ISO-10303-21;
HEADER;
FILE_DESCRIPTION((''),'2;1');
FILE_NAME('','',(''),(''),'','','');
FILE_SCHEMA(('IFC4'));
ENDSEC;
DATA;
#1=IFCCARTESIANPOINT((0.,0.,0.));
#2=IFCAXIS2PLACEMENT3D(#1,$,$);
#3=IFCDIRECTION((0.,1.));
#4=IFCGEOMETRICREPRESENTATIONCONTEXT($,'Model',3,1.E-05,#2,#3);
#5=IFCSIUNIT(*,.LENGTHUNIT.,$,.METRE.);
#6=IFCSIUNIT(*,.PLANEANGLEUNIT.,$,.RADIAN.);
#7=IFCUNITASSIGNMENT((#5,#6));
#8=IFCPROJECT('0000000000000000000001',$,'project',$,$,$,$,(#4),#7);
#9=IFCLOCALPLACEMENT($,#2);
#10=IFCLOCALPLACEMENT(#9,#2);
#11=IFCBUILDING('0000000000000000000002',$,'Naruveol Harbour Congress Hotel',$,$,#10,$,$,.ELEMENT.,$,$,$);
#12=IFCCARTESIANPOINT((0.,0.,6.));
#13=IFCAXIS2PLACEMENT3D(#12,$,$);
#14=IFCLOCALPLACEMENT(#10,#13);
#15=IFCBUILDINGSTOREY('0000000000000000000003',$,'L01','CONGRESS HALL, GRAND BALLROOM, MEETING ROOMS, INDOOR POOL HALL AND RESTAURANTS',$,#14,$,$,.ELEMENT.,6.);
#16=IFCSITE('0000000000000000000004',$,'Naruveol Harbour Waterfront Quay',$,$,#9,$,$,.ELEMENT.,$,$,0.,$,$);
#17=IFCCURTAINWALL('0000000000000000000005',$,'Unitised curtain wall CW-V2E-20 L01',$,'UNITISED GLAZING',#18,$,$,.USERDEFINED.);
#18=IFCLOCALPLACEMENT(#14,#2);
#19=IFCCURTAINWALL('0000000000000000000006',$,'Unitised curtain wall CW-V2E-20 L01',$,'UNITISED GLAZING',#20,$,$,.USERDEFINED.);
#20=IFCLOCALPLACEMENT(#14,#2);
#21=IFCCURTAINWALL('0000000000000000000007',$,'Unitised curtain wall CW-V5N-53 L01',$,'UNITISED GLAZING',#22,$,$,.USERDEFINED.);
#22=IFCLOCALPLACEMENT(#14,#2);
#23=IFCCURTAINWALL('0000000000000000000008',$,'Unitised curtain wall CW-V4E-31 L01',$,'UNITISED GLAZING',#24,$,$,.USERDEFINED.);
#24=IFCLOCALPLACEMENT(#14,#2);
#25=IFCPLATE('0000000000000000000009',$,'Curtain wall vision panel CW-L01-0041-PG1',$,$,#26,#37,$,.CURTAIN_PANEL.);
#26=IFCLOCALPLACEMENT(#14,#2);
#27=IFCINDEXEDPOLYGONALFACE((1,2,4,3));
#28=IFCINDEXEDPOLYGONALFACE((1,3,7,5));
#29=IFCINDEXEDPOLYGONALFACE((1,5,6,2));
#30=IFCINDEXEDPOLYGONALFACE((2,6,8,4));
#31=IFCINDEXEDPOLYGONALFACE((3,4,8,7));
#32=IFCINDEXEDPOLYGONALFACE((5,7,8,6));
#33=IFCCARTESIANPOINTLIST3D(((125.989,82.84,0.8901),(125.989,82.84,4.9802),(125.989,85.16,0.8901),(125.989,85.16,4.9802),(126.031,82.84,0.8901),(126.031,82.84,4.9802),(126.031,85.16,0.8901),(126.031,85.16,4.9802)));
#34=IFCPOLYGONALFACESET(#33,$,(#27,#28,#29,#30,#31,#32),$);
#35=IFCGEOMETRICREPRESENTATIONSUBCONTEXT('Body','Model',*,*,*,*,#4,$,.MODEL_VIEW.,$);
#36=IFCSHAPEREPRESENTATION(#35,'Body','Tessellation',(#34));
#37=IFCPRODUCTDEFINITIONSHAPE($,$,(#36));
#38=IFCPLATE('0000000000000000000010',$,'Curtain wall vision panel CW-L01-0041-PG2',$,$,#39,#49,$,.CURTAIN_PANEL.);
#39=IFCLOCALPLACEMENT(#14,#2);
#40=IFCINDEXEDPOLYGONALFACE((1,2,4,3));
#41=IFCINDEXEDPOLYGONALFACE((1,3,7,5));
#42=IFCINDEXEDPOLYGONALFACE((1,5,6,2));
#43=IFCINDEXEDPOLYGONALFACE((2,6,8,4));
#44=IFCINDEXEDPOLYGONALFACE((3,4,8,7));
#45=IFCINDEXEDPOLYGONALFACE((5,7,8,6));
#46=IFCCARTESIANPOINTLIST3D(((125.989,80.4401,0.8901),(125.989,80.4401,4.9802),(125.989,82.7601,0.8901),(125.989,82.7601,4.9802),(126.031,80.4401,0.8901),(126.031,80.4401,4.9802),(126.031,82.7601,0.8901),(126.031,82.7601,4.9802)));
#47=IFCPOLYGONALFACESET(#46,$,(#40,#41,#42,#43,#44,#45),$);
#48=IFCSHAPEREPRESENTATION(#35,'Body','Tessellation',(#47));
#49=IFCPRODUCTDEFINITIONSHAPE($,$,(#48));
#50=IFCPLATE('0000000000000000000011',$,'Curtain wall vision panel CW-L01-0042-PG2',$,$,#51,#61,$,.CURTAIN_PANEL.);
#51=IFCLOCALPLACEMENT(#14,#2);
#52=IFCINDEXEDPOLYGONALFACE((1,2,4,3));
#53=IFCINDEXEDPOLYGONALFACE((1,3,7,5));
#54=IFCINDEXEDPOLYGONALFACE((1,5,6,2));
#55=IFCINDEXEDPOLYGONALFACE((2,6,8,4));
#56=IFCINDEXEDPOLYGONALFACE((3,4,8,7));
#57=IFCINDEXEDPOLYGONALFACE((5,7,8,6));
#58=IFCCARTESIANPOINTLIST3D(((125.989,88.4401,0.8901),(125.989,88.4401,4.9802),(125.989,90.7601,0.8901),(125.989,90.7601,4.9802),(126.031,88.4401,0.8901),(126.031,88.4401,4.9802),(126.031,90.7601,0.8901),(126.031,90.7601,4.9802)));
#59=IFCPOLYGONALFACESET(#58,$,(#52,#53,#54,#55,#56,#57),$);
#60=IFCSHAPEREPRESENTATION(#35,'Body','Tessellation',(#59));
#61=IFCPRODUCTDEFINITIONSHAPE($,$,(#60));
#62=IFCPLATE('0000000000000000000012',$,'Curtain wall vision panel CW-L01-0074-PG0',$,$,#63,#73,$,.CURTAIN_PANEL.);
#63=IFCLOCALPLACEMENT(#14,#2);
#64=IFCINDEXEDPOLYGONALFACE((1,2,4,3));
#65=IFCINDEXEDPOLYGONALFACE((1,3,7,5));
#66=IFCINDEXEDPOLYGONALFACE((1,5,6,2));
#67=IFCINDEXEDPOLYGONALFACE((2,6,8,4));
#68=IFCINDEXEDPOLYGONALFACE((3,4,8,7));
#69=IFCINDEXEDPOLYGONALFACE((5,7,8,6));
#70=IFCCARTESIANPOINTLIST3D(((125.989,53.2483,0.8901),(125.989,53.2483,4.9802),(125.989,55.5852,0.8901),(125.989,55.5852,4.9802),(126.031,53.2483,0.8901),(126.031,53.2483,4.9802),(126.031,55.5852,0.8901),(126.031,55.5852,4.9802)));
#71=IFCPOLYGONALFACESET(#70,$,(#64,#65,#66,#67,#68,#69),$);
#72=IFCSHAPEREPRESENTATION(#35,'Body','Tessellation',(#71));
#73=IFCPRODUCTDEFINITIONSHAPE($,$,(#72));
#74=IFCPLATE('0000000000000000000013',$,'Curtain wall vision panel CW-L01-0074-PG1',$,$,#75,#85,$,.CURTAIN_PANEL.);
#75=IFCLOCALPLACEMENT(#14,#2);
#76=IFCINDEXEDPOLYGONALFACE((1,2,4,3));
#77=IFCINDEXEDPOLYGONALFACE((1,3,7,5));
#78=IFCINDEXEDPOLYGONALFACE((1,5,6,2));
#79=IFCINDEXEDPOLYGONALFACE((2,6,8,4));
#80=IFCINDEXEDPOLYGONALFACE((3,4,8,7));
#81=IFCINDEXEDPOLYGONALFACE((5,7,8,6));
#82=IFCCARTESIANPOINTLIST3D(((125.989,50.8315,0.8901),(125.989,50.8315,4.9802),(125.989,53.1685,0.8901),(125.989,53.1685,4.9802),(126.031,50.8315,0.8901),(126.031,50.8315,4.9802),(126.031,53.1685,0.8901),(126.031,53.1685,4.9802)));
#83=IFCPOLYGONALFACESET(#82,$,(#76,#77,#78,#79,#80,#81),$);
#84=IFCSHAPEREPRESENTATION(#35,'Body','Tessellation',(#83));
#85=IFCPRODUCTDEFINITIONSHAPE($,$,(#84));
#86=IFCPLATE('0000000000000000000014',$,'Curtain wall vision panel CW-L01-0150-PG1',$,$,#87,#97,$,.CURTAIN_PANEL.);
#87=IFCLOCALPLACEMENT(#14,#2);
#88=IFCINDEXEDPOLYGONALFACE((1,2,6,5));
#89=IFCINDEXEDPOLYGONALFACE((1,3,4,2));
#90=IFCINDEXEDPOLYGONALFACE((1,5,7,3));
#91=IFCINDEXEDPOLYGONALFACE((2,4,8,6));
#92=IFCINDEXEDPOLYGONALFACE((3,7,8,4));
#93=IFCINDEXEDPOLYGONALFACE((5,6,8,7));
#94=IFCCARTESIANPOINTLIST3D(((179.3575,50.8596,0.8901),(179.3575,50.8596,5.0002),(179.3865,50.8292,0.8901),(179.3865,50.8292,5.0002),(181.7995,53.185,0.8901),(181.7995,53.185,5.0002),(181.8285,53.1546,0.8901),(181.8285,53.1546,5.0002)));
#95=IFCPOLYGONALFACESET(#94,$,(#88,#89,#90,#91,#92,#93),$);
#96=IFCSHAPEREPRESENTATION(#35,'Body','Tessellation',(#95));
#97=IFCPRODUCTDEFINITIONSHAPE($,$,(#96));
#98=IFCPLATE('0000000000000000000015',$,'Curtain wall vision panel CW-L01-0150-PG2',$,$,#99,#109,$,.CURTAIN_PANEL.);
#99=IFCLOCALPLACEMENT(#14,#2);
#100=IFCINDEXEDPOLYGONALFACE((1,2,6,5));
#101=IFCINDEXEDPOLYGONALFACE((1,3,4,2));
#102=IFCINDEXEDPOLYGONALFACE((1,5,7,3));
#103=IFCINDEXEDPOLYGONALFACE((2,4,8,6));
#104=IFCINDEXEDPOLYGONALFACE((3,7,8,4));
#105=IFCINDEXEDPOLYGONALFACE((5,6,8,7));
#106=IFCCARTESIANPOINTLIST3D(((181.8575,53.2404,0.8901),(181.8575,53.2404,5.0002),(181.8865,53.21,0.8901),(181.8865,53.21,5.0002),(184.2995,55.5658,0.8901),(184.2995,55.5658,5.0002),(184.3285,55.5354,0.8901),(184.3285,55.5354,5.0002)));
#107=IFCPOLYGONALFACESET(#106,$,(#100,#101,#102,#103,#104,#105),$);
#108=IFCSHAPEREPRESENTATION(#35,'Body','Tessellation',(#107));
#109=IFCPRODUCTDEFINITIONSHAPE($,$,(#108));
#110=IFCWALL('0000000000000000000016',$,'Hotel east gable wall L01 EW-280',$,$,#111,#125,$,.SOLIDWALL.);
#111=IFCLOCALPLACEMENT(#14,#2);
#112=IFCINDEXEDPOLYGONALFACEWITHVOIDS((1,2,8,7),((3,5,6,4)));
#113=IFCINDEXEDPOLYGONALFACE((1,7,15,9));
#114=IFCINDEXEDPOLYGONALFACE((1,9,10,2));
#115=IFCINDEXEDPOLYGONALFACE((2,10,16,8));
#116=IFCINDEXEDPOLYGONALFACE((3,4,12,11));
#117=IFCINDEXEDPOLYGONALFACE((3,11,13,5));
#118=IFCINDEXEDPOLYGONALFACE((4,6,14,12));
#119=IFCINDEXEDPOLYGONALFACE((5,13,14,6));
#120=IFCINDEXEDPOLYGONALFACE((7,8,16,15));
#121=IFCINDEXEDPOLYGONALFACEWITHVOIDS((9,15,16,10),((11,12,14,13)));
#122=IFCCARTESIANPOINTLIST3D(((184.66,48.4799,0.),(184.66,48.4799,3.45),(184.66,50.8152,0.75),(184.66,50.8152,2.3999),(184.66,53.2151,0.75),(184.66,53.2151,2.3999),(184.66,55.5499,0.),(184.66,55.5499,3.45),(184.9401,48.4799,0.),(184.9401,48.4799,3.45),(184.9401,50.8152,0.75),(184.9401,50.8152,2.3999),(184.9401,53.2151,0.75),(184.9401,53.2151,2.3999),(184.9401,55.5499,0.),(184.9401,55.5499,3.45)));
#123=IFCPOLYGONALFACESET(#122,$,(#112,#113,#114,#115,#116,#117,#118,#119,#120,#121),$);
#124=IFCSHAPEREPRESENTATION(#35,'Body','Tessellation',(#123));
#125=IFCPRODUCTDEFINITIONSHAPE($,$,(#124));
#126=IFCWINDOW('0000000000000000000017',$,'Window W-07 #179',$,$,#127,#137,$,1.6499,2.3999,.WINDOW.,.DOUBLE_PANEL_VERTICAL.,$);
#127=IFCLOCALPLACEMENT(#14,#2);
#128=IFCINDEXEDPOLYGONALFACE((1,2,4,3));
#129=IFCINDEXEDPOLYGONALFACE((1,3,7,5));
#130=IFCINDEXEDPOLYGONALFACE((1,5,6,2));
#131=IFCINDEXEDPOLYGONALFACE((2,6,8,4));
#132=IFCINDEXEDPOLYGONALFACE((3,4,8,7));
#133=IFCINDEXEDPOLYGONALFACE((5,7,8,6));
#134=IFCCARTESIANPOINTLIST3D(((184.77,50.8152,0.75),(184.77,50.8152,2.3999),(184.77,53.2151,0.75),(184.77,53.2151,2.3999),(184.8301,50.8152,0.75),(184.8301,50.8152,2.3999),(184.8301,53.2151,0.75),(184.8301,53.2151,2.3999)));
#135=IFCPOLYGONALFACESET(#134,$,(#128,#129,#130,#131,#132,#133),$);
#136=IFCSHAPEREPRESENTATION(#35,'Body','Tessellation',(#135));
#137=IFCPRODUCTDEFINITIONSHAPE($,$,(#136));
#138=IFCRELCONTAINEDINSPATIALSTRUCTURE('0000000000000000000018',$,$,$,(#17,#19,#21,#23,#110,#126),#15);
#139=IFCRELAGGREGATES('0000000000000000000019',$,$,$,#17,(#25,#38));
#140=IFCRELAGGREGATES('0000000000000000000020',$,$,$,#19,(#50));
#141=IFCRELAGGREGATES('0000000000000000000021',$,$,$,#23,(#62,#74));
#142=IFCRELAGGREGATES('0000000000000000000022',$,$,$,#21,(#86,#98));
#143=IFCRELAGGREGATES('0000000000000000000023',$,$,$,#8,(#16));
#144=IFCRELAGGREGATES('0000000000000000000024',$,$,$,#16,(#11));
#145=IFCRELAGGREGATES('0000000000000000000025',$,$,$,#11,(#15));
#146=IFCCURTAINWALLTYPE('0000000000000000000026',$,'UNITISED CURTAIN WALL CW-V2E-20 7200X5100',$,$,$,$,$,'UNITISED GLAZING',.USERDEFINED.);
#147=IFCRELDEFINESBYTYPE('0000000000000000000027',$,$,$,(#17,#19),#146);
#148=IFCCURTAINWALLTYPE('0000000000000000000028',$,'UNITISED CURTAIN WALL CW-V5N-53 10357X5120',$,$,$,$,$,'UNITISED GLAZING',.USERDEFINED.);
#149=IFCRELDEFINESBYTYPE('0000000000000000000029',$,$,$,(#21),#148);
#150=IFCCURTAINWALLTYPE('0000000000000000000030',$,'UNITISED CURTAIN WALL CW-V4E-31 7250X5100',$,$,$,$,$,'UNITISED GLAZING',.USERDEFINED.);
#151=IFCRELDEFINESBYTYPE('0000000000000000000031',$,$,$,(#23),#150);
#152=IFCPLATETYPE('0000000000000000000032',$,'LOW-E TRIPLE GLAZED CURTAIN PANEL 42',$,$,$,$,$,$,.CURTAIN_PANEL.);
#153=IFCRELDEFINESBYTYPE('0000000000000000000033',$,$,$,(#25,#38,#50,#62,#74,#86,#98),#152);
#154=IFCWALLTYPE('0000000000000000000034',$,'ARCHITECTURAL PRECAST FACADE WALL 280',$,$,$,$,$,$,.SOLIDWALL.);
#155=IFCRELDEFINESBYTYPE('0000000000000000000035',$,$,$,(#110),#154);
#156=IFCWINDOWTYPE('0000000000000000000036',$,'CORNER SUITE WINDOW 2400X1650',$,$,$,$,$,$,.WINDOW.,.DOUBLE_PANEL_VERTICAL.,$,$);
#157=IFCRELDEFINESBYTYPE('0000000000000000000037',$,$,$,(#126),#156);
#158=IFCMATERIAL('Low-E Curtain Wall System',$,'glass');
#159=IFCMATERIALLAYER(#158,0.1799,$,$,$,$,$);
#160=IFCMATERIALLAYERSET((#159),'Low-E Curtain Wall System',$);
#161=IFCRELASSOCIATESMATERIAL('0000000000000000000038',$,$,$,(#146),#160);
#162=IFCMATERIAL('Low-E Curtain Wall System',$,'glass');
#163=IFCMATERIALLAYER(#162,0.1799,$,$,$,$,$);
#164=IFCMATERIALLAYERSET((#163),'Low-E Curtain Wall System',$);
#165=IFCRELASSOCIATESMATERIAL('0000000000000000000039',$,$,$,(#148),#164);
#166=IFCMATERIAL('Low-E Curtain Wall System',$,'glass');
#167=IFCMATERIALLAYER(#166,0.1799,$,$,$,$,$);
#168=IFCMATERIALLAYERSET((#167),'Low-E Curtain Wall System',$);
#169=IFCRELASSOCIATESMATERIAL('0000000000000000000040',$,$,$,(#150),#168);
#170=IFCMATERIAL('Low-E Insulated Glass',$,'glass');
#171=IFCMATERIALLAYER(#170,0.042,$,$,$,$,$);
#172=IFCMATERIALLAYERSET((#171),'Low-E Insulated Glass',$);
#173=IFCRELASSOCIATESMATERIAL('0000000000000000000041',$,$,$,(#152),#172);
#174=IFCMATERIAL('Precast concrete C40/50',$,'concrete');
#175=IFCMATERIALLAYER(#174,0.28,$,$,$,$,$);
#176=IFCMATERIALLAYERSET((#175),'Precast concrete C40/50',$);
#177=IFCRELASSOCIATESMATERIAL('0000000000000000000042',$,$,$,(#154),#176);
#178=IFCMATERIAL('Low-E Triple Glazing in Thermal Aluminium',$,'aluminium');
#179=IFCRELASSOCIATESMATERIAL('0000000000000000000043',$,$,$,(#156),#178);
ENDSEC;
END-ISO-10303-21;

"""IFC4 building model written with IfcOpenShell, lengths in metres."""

from ifc_helpers import new_model, si_unit, direction, frame, frame_2d, origin, origin_2d, place, context, subcontext, project, spatial, rectangle, extrude, material, layer, layer_set, type_object, element, fill, aggregate, save


model = new_model("IFC4")

# Units and contexts
model_context = context("Model", 3, precision=1e-05, world=origin(), true_north=direction((0.0, 1.0)))
body_context = subcontext(model_context, "Body", "Model", "MODEL_VIEW")
ifc_project = project(units=[si_unit("LENGTHUNIT", "METRE"), si_unit("PLANEANGLEUNIT", "RADIAN")], contexts=[model_context])

# Site, building, storey
site_placement = place(None, origin())
site = spatial("IfcSite", under=ifc_project, at=site_placement, Name="Naruveol Harbour Waterfront Quay", CompositionType="ELEMENT", RefElevation=0.0)
building_placement = place(site_placement, origin())
building = spatial("IfcBuilding", under=site, at=building_placement, Name="Naruveol Harbour Congress Hotel", CompositionType="ELEMENT")
storey_placement = place(building_placement, frame((0.0, 0.0, 6.0)))
storey = spatial("IfcBuildingStorey", under=building, at=storey_placement, Name="L01", Description="CONGRESS HALL, GRAND BALLROOM, MEETING ROOMS, INDOOR POOL HALL AND RESTAURANTS", CompositionType="ELEMENT", Elevation=6.0)

# Curtain walls
ifc_material_1 = material(Name="Low-E Curtain Wall System", Category="glass")
ifc_layer_1 = layer(ifc_material_1, 0.1799)
ifc_layer_set_1 = layer_set([ifc_layer_1], Name="Low-E Curtain Wall System")
curtain_wall_type_1 = type_object("IfcCurtainWallType", Name="UNITISED CURTAIN WALL CW-V2E-20 7200X5100", ElementType="UNITISED GLAZING", PredefinedType="USERDEFINED", material=ifc_layer_set_1)
curtain_wall_1_placement = place(storey_placement, origin())
curtain_wall_1 = element("IfcCurtainWall", 1, at=curtain_wall_1_placement, inside=storey, type_object=curtain_wall_type_1, Name="Unitised curtain wall CW-V2E-20 L01", ObjectType="UNITISED GLAZING", PredefinedType="USERDEFINED")
curtain_wall_2_placement = place(storey_placement, origin())
curtain_wall_2 = element("IfcCurtainWall", 2, at=curtain_wall_2_placement, inside=storey, type_object=curtain_wall_type_1, Name="Unitised curtain wall CW-V2E-20 L01", ObjectType="UNITISED GLAZING", PredefinedType="USERDEFINED")

# Curtain wall
ifc_material_2 = material(Name="Low-E Curtain Wall System", Category="glass")
ifc_layer_2 = layer(ifc_material_2, 0.1799)
ifc_layer_set_2 = layer_set([ifc_layer_2], Name="Low-E Curtain Wall System")
curtain_wall_type_2 = type_object("IfcCurtainWallType", Name="UNITISED CURTAIN WALL CW-V5N-53 10357X5120", ElementType="UNITISED GLAZING", PredefinedType="USERDEFINED", material=ifc_layer_set_2)
curtain_wall_3_placement = place(storey_placement, origin())
curtain_wall_3 = element("IfcCurtainWall", 3, at=curtain_wall_3_placement, inside=storey, type_object=curtain_wall_type_2, Name="Unitised curtain wall CW-V5N-53 L01", ObjectType="UNITISED GLAZING", PredefinedType="USERDEFINED")

# Curtain wall
ifc_material_3 = material(Name="Low-E Curtain Wall System", Category="glass")
ifc_layer_3 = layer(ifc_material_3, 0.1799)
ifc_layer_set_3 = layer_set([ifc_layer_3], Name="Low-E Curtain Wall System")
curtain_wall_type_3 = type_object("IfcCurtainWallType", Name="UNITISED CURTAIN WALL CW-V4E-31 7250X5100", ElementType="UNITISED GLAZING", PredefinedType="USERDEFINED", material=ifc_layer_set_3)
curtain_wall_4_placement = place(storey_placement, origin())
curtain_wall_4 = element("IfcCurtainWall", 4, at=curtain_wall_4_placement, inside=storey, type_object=curtain_wall_type_3, Name="Unitised curtain wall CW-V4E-31 L01", ObjectType="UNITISED GLAZING", PredefinedType="USERDEFINED")

# Plates
ifc_material_4 = material(Name="Low-E Insulated Glass", Category="glass")
ifc_layer_4 = layer(ifc_material_4, 0.042)
ifc_layer_set_4 = layer_set([ifc_layer_4], Name="Low-E Insulated Glass")
plate_type_1 = type_object("IfcPlateType", Name="LOW-E TRIPLE GLAZED CURTAIN PANEL 42", PredefinedType="CURTAIN_PANEL", material=ifc_layer_set_4)
plate_1_placement = place(storey_placement, frame((126.01, 84.0, 0.8901), z_axis=(0.0, 0.0, 1.0), x_axis=(0.0, -1.0, 0.0)))
plate_1 = element("IfcPlate", 5, at=plate_1_placement, type_object=plate_type_1, Name="Curtain wall vision panel CW-L01-0041-PG1", PredefinedType="CURTAIN_PANEL", context=body_context, shape_type="SweptSolid", body=[
    extrude(rectangle(XDim=2.3201, YDim=0.042, at=origin_2d()), origin(), (0.0, 0.0, 1.0), 4.0901),
])
plate_2_placement = place(storey_placement, frame((126.01, 81.6001, 0.8901), z_axis=(0.0, 0.0, 1.0), x_axis=(0.0, -1.0, 0.0)))
plate_2 = element("IfcPlate", 6, at=plate_2_placement, type_object=plate_type_1, Name="Curtain wall vision panel CW-L01-0041-PG2", PredefinedType="CURTAIN_PANEL", context=body_context, shape_type="SweptSolid", body=[
    extrude(rectangle(XDim=2.3201, YDim=0.042, at=origin_2d()), origin(), (0.0, 0.0, 1.0), 4.0901),
])
aggregate(curtain_wall_1, [plate_1, plate_2])
plate_3_placement = place(storey_placement, frame((126.01, 89.6001, 0.8901), z_axis=(0.0, 0.0, 1.0), x_axis=(0.0, -1.0, 0.0)))
plate_3 = element("IfcPlate", 7, at=plate_3_placement, type_object=plate_type_1, Name="Curtain wall vision panel CW-L01-0042-PG2", PredefinedType="CURTAIN_PANEL", context=body_context, shape_type="SweptSolid", body=[
    extrude(rectangle(XDim=2.3201, YDim=0.042, at=origin_2d()), origin(), (0.0, 0.0, 1.0), 4.0901),
])
aggregate(curtain_wall_2, [plate_3])
plate_4_placement = place(storey_placement, frame((126.01, 54.4167, 0.8901), z_axis=(0.0, 0.0, 1.0), x_axis=(0.0, -1.0, 0.0)))
plate_4 = element("IfcPlate", 8, at=plate_4_placement, type_object=plate_type_1, Name="Curtain wall vision panel CW-L01-0074-PG0", PredefinedType="CURTAIN_PANEL", context=body_context, shape_type="SweptSolid", body=[
    extrude(rectangle(XDim=2.3369, YDim=0.042, at=origin_2d()), origin(), (0.0, 0.0, 1.0), 4.0901),
])
plate_5_placement = place(storey_placement, frame((126.01, 52.0, 0.8901), z_axis=(0.0, 0.0, 1.0), x_axis=(0.0, -1.0, 0.0)))
plate_5 = element("IfcPlate", 9, at=plate_5_placement, type_object=plate_type_1, Name="Curtain wall vision panel CW-L01-0074-PG1", PredefinedType="CURTAIN_PANEL", context=body_context, shape_type="SweptSolid", body=[
    extrude(rectangle(XDim=2.3369, YDim=0.042, at=origin_2d()), origin(), (0.0, 0.0, 1.0), 4.0901),
])
aggregate(curtain_wall_4, [plate_4, plate_5])
plate_6_placement = place(storey_placement, frame((180.593, 52.0071, 0.8901), z_axis=(0.0, 0.0, 1.0), x_axis=(0.724184, 0.689607, 0.0)))
plate_6 = element("IfcPlate", 10, at=plate_6_placement, type_object=plate_type_1, Name="Curtain wall vision panel CW-L01-0150-PG1", PredefinedType="CURTAIN_PANEL", context=body_context, shape_type="SweptSolid", body=[
    extrude(rectangle(XDim=3.3721, YDim=0.042, at=origin_2d()), origin(), (0.0, 0.0, 1.0), 4.1101),
])
plate_7_placement = place(storey_placement, frame((183.093, 54.3879, 0.8901), z_axis=(0.0, 0.0, 1.0), x_axis=(0.724184, 0.689607, 0.0)))
plate_7 = element("IfcPlate", 11, at=plate_7_placement, type_object=plate_type_1, Name="Curtain wall vision panel CW-L01-0150-PG2", PredefinedType="CURTAIN_PANEL", context=body_context, shape_type="SweptSolid", body=[
    extrude(rectangle(XDim=3.3721, YDim=0.042, at=origin_2d()), origin(), (0.0, 0.0, 1.0), 4.1101),
])
aggregate(curtain_wall_3, [plate_6, plate_7])

# Wall, opening, window
ifc_material_5 = material(Name="Precast concrete C40/50", Category="concrete")
ifc_layer_5 = layer(ifc_material_5, 0.28)
ifc_layer_set_5 = layer_set([ifc_layer_5], Name="Precast concrete C40/50")
wall_type = type_object("IfcWallType", Name="ARCHITECTURAL PRECAST FACADE WALL 280", PredefinedType="SOLIDWALL", material=ifc_layer_set_5)
wall_placement = place(storey_placement, frame((184.8, 55.55, 0.0), z_axis=(0.0, 0.0, 1.0), x_axis=(0.0, -1.0, 0.0)))
wall = element("IfcWall", 12, at=wall_placement, inside=storey, type_object=wall_type, Name="Hotel east gable wall L01 EW-280", PredefinedType="SOLIDWALL", context=body_context, shape_type="SweptSolid", body=[
    extrude(rectangle(XDim=7.0701, YDim=0.28, at=frame_2d((3.5352, 0.0))), origin(), (0.0, 0.0, 1.0), 3.45),
])
opening_placement = place(wall_placement, frame((2.335, 0.0, 0.75)))
opening = element("IfcOpeningElement", 13, at=opening_placement, cuts=wall, PredefinedType="OPENING", context=body_context, shape_type="SweptSolid", body=[
    extrude(rectangle(XDim=2.3999, YDim=1.6499, at=frame_2d((1.2, 0.825))), frame((0.0, 0.1499, 0.0), z_axis=(0.0, -1.0, 0.0), x_axis=(1.0, 0.0, 0.0)), (0.0, 0.0, 1.0), 0.3),
])
ifc_material_6 = material(Name="Low-E Triple Glazing in Thermal Aluminium", Category="aluminium")
window_type = type_object("IfcWindowType", Name="CORNER SUITE WINDOW 2400X1650", PartitioningType="DOUBLE_PANEL_VERTICAL", PredefinedType="WINDOW", material=ifc_material_6)
window_placement = place(opening_placement, origin())
window = element("IfcWindow", 14, at=window_placement, inside=storey, type_object=window_type, Name="Window W-07 #179", OverallHeight=1.6499, OverallWidth=2.3999, PartitioningType="DOUBLE_PANEL_VERTICAL", PredefinedType="WINDOW", context=body_context, shape_type="SweptSolid", body=[
    extrude(rectangle(XDim=2.3999, YDim=1.6499, at=frame_2d((1.2, 0.825))), frame((0.0, 0.03, 0.0), z_axis=(0.0, -1.0, 0.0), x_axis=(1.0, 0.0, 0.0)), (0.0, 0.0, 1.0), 0.0601),
])
fill(opening, window)

save(model, "model.ifc")
